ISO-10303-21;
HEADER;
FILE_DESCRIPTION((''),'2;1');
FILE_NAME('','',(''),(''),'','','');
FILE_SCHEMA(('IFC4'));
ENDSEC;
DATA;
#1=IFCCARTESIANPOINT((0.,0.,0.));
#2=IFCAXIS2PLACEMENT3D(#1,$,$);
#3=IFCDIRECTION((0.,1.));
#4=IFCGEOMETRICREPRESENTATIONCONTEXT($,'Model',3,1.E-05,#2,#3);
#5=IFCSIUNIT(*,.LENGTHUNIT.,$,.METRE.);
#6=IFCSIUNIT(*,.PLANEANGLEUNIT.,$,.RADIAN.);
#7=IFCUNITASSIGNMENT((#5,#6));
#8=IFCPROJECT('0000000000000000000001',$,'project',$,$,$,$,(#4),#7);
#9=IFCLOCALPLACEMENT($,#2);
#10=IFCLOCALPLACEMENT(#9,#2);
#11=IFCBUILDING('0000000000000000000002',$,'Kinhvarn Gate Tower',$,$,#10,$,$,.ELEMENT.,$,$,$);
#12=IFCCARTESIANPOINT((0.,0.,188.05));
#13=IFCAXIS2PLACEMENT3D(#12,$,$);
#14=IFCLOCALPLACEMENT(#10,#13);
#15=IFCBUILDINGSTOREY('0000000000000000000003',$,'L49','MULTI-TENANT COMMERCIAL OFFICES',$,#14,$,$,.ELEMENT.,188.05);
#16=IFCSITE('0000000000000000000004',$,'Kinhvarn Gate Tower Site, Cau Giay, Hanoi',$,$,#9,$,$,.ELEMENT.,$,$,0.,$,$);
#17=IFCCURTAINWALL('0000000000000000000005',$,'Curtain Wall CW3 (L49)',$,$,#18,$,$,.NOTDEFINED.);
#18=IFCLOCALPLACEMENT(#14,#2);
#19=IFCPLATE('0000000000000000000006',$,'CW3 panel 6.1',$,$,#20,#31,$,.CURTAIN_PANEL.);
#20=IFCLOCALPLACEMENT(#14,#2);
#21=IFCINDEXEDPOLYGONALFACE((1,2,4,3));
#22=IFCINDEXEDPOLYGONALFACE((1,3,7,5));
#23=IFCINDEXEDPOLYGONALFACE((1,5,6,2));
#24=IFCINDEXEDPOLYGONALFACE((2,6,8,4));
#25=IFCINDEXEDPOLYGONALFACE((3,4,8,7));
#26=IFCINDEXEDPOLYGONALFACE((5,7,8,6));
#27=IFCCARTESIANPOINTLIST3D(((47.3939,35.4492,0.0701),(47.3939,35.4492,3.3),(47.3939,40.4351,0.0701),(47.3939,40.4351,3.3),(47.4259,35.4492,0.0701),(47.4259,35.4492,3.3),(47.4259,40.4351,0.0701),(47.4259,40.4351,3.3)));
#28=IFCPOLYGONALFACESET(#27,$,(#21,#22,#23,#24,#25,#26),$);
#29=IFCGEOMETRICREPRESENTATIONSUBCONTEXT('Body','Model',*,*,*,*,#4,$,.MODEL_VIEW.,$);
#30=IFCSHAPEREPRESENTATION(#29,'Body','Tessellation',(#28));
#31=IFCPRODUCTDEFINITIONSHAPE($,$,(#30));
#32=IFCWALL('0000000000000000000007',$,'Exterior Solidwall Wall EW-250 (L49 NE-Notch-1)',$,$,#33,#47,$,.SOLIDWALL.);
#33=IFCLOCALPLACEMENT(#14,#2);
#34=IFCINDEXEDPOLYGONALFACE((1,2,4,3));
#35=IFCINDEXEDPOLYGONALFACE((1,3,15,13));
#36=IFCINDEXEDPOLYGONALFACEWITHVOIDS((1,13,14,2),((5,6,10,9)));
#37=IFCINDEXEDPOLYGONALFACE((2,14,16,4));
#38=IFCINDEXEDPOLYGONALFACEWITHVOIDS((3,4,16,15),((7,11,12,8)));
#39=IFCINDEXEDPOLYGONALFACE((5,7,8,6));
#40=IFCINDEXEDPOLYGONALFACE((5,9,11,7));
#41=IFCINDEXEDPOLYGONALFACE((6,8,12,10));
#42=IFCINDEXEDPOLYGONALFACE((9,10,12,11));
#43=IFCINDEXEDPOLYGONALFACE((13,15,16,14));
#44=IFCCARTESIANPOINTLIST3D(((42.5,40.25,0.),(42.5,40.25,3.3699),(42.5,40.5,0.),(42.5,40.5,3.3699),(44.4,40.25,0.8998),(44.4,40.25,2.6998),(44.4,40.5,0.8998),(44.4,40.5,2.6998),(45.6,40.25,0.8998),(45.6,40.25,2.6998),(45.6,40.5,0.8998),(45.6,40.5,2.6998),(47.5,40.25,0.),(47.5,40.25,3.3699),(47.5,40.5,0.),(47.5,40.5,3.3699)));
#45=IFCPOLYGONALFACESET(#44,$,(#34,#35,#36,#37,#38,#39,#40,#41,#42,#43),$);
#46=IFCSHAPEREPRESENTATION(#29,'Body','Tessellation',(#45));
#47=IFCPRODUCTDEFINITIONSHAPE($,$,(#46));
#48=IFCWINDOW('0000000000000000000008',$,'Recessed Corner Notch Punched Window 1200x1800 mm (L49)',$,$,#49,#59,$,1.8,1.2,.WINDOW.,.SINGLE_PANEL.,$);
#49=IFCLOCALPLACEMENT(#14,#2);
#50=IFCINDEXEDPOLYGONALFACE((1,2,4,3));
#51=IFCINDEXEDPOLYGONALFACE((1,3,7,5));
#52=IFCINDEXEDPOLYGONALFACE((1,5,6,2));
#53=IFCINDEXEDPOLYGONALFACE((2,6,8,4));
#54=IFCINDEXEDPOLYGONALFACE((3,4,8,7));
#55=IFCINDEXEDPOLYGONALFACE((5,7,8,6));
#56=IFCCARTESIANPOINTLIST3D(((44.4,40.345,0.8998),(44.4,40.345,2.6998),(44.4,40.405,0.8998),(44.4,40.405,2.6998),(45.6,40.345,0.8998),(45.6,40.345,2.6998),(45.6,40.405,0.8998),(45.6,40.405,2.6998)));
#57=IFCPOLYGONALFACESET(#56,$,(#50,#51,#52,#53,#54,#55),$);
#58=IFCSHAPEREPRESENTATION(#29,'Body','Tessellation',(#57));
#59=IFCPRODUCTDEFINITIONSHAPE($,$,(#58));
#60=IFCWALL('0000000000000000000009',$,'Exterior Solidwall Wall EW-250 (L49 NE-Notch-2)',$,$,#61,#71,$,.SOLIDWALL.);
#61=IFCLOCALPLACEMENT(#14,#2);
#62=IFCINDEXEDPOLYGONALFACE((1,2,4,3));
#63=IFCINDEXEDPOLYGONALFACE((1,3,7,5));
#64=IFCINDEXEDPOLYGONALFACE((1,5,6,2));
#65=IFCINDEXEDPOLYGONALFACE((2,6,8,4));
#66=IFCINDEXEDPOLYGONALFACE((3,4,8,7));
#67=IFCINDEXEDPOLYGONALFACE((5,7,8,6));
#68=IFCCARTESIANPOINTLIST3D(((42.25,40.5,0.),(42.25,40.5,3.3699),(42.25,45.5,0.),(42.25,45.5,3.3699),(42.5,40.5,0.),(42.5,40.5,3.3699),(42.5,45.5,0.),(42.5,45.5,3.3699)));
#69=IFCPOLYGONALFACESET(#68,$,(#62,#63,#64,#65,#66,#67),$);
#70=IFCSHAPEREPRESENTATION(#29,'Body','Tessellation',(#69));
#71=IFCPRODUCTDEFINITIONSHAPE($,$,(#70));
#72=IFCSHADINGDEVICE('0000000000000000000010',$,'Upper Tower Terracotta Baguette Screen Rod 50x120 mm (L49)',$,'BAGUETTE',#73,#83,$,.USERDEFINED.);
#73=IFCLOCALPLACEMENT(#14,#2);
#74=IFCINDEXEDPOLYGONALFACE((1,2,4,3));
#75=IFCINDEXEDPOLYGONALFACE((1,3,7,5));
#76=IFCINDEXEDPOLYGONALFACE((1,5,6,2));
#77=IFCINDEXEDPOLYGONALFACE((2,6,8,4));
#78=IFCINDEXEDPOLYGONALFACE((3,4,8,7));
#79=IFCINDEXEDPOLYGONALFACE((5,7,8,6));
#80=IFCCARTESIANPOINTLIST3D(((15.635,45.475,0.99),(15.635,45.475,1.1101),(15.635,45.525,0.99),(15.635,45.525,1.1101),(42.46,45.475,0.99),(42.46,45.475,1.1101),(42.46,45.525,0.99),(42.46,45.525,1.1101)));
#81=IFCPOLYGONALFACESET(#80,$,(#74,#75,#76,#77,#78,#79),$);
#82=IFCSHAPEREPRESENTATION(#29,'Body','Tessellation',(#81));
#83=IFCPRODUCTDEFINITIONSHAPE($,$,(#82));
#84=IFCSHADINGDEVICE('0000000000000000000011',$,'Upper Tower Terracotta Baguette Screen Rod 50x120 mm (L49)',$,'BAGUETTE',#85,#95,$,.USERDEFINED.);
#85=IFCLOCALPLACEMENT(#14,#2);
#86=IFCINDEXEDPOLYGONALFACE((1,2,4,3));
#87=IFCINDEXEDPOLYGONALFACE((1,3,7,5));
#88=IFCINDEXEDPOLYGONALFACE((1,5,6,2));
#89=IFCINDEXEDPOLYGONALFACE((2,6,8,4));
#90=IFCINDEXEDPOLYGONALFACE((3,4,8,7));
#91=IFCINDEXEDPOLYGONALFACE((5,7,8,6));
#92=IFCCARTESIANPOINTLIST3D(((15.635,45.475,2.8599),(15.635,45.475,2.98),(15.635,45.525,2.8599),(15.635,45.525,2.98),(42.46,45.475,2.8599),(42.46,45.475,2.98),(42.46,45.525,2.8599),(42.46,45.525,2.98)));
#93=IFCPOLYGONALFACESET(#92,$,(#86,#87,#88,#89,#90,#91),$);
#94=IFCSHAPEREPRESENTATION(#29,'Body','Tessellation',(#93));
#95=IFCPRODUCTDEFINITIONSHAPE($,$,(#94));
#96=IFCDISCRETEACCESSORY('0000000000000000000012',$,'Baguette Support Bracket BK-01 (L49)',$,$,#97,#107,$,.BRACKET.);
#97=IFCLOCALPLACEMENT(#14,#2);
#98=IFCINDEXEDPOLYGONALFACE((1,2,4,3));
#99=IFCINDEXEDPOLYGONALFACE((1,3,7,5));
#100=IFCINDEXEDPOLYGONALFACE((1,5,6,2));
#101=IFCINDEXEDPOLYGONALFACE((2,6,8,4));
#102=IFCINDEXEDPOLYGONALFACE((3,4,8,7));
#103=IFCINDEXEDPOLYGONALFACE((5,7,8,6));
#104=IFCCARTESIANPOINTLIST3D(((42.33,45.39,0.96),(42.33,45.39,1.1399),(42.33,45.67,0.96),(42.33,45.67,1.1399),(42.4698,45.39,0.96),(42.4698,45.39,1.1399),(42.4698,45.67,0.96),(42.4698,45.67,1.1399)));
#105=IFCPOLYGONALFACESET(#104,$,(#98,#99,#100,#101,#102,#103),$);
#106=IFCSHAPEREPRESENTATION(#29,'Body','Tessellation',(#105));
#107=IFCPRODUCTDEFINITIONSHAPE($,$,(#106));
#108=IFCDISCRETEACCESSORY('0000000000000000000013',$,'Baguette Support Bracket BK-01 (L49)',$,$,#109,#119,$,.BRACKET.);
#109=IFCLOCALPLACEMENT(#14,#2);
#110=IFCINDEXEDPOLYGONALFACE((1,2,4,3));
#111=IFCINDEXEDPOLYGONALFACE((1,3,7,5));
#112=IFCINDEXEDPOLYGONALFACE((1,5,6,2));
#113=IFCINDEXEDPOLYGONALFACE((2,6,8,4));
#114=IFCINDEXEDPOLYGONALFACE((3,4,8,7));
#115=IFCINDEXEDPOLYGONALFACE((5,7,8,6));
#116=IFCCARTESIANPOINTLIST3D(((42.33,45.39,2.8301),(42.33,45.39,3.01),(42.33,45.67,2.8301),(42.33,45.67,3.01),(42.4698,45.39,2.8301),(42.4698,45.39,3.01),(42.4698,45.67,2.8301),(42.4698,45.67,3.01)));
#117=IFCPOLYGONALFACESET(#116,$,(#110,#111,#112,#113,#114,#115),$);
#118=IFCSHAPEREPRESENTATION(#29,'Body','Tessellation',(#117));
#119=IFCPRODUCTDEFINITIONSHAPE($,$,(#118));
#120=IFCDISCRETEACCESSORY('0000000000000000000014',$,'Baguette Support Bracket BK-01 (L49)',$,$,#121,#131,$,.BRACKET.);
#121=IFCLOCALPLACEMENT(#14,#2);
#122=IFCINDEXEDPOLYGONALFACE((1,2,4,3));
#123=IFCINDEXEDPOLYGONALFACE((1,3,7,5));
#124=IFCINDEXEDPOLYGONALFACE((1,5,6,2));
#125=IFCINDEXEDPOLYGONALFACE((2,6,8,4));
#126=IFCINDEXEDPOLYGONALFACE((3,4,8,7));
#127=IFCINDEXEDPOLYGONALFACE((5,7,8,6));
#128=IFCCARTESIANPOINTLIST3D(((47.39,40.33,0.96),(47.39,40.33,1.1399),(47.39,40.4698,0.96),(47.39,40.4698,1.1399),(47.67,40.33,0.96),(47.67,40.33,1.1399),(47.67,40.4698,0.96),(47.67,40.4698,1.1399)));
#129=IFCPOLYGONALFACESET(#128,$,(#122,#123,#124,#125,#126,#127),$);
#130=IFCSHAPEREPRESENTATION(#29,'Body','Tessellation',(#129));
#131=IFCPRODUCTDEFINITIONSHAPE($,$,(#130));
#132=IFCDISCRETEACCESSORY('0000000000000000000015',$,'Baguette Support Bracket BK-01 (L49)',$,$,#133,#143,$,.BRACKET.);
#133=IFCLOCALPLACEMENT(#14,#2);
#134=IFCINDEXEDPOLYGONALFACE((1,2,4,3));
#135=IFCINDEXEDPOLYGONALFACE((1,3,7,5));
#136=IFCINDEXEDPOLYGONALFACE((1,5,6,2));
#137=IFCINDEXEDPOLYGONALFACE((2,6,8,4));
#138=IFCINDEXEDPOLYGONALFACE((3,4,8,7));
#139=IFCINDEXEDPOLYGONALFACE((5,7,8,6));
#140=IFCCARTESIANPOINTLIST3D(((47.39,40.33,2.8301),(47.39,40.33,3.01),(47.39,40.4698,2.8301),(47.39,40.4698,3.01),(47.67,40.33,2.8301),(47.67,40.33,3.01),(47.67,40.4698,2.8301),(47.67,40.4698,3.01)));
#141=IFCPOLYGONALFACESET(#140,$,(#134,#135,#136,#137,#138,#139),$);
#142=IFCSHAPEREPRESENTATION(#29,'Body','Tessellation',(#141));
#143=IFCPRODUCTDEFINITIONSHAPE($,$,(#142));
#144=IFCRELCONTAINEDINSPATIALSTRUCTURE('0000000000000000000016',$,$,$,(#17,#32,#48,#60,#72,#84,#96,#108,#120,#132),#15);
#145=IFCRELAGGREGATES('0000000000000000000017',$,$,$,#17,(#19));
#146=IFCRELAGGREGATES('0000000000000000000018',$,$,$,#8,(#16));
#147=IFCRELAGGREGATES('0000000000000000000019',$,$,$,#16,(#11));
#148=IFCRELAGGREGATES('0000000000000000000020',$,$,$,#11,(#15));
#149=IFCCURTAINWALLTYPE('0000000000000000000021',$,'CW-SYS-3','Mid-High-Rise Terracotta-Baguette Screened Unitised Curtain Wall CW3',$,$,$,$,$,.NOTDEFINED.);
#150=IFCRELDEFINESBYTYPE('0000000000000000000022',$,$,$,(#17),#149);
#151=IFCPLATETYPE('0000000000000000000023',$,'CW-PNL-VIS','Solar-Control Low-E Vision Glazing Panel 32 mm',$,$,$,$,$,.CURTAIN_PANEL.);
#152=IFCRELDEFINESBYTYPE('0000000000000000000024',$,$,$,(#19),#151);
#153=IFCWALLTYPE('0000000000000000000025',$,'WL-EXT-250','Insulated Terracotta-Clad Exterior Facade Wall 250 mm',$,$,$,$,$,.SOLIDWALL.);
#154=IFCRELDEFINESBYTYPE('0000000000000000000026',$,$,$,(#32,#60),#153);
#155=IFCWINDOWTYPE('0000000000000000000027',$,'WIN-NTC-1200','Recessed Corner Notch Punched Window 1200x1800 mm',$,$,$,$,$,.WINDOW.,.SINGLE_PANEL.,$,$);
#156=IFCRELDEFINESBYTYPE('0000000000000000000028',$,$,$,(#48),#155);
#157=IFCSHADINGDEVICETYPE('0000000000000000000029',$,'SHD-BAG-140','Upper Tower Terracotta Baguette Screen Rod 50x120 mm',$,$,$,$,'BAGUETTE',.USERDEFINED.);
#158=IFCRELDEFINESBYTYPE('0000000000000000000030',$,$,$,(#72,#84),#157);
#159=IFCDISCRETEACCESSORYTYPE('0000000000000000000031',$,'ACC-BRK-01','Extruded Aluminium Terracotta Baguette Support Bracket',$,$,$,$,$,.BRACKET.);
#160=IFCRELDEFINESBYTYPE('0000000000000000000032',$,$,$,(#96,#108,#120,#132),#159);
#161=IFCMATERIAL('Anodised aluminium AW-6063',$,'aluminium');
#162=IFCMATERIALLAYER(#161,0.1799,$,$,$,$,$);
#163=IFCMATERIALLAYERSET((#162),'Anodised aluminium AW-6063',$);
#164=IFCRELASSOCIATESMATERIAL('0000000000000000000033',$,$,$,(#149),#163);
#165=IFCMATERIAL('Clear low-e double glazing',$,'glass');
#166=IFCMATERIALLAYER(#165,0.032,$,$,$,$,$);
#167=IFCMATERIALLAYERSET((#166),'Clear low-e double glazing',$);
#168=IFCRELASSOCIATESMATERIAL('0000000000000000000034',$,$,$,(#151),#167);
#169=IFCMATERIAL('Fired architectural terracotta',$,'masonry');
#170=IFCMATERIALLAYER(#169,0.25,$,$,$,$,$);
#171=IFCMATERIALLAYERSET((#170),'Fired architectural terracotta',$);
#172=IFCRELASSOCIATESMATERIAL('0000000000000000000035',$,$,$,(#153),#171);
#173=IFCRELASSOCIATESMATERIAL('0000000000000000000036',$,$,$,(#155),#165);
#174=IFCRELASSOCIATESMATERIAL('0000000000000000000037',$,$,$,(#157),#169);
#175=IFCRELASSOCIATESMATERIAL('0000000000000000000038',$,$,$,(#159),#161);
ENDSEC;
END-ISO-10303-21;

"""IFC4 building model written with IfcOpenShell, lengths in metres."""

from ifc_helpers import new_model, si_unit, direction, frame, frame_2d, origin, origin_2d, place, context, subcontext, project, spatial, rectangle, extrude, material, layer, layer_set, material_profile, profile_set, type_object, element, fill, aggregate, save


model = new_model("IFC4")

# Units and contexts
model_context = context("Model", 3, precision=1e-05, world=origin(), true_north=direction((0.0, 1.0)))
body_context = subcontext(model_context, "Body", "Model", "MODEL_VIEW")
ifc_project = project(units=[si_unit("LENGTHUNIT", "METRE"), si_unit("PLANEANGLEUNIT", "RADIAN")], contexts=[model_context])

# Site, building, storey
site_placement = place(None, origin())
site = spatial("IfcSite", under=ifc_project, at=site_placement, Name="Kinhvarn Gate Tower Site, Cau Giay, Hanoi", CompositionType="ELEMENT", RefElevation=0.0)
building_placement = place(site_placement, origin())
building = spatial("IfcBuilding", under=site, at=building_placement, Name="Kinhvarn Gate Tower", CompositionType="ELEMENT")
storey_placement = place(building_placement, frame((0.0, 0.0, 188.05)))
storey = spatial("IfcBuildingStorey", under=building, at=storey_placement, Name="L49", Description="MULTI-TENANT COMMERCIAL OFFICES", CompositionType="ELEMENT", Elevation=188.05)

# Shared definitions
ifc_material_1 = material(Name="Anodised aluminium AW-6063", Category="aluminium")
ifc_layer_1 = layer(ifc_material_1, 0.1799)
ifc_layer_set_1 = layer_set([ifc_layer_1], Name="Anodised aluminium AW-6063")
curtain_wall_type = type_object("IfcCurtainWallType", Name="CW-SYS-3", Description="Mid-High-Rise Terracotta-Baguette Screened Unitised Curtain Wall CW3", PredefinedType="NOTDEFINED", material=ifc_layer_set_1)

# Curtain wall
curtain_wall_1_placement = place(storey_placement, origin())
curtain_wall_1 = element("IfcCurtainWall", 1, at=curtain_wall_1_placement, inside=storey, type_object=curtain_wall_type, Name="Curtain Wall CW3 (L49)", PredefinedType="NOTDEFINED")

# Plate
ifc_material_2 = material(Name="Clear low-e double glazing", Category="glass")
ifc_layer_2 = layer(ifc_material_2, 0.032)
ifc_layer_set_2 = layer_set([ifc_layer_2], Name="Clear low-e double glazing")
plate_type = type_object("IfcPlateType", Name="CW-PNL-VIS", Description="Solar-Control Low-E Vision Glazing Panel 32 mm", PredefinedType="CURTAIN_PANEL", material=ifc_layer_set_2)
plate_1_placement = place(storey_placement, frame((47.4099, 37.9421, 0.0701), z_axis=(0.0, 0.0, 1.0), x_axis=(0.0, 1.0, 0.0)))
plate_1 = element("IfcPlate", 2, at=plate_1_placement, type_object=plate_type, Name="CW3 panel 6.1", PredefinedType="CURTAIN_PANEL", context=body_context, shape_type="SweptSolid", body=[
    extrude(rectangle(XDim=4.9858, YDim=0.032, at=origin_2d()), origin(), (0.0, 0.0, 1.0), 3.23),
])
aggregate(curtain_wall_1, [plate_1])

# Wall, opening, window
ifc_material_3 = material(Name="Fired architectural terracotta", Category="masonry")
ifc_layer_3 = layer(ifc_material_3, 0.25)
ifc_layer_set_3 = layer_set([ifc_layer_3], Name="Fired architectural terracotta")
wall_type = type_object("IfcWallType", Name="WL-EXT-250", Description="Insulated Terracotta-Clad Exterior Facade Wall 250 mm", PredefinedType="SOLIDWALL", material=ifc_layer_set_3)
wall_1_placement = place(storey_placement, frame((47.5, 40.375, 0.0), z_axis=(0.0, 0.0, 1.0), x_axis=(-1.0, 0.0, 0.0)))
wall_1 = element("IfcWall", 3, at=wall_1_placement, inside=storey, type_object=wall_type, Name="Exterior Solidwall Wall EW-250 (L49 NE-Notch-1)", PredefinedType="SOLIDWALL", context=body_context, shape_type="SweptSolid", body=[
    extrude(rectangle(XDim=5.0, YDim=0.25, at=frame_2d((2.5, 0.0))), origin(), (0.0, 0.0, 1.0), 3.3699),
])
opening_placement = place(wall_1_placement, frame((1.8999, 0.0, 0.8999)))
opening = element("IfcOpeningElement", 4, at=opening_placement, cuts=wall_1, PredefinedType="OPENING", context=body_context, shape_type="SweptSolid", body=[
    extrude(rectangle(XDim=1.2, YDim=1.8, at=frame_2d((0.6001, 0.8999))), frame((0.0, 0.135, 0.0), z_axis=(0.0, -1.0, 0.0), x_axis=(1.0, 0.0, 0.0)), (0.0, 0.0, 1.0), 0.27),
])
window_type = type_object("IfcWindowType", Name="WIN-NTC-1200", Description="Recessed Corner Notch Punched Window 1200x1800 mm", PartitioningType="SINGLE_PANEL", PredefinedType="WINDOW", material=ifc_material_2)
window_placement = place(opening_placement, origin())
window = element("IfcWindow", 5, at=window_placement, inside=storey, type_object=window_type, Name="Recessed Corner Notch Punched Window 1200x1800 mm (L49)", OverallHeight=1.8, OverallWidth=1.2, PartitioningType="SINGLE_PANEL", PredefinedType="WINDOW", context=body_context, shape_type="SweptSolid", body=[
    extrude(rectangle(XDim=1.2, YDim=1.8, at=frame_2d((0.6001, 0.8999))), frame((0.0, 0.03, 0.0), z_axis=(0.0, -1.0, 0.0), x_axis=(1.0, 0.0, 0.0)), (0.0, 0.0, 1.0), 0.0601),
])
fill(opening, window)

# Wall
wall_2_placement = place(storey_placement, frame((42.375, 40.5, 0.0), z_axis=(0.0, 0.0, 1.0), x_axis=(0.0, 1.0, 0.0)))
element("IfcWall", 6, at=wall_2_placement, inside=storey, type_object=wall_type, Name="Exterior Solidwall Wall EW-250 (L49 NE-Notch-2)", PredefinedType="SOLIDWALL", context=body_context, shape_type="SweptSolid", body=[
    extrude(rectangle(XDim=5.0, YDim=0.25, at=frame_2d((2.5, 0.0))), origin(), (0.0, 0.0, 1.0), 3.3699),
])

# Shading devices
ifc_material_profile_1 = material_profile(ifc_material_3, rectangle(XDim=0.05, YDim=0.1201, at=origin_2d()), Name="TC 50x120")
ifc_profile_set_1 = profile_set([ifc_material_profile_1], Name="Fired architectural terracotta")
shading_device_type = type_object("IfcShadingDeviceType", Name="SHD-BAG-140", Description="Upper Tower Terracotta Baguette Screen Rod 50x120 mm", ElementType="BAGUETTE", PredefinedType="USERDEFINED", material=ifc_profile_set_1)
for number, where, z_axis, x_axis, name in (
    (7, (42.46, 45.5, 1.05), (-1.0, 0.0, 0.0), (0.0, -1.0, 0.0), "Upper Tower Terracotta Baguette Screen Rod 50x120 mm (L49)"),
    (8, (42.46, 45.5, 2.9199), (-1.0, 0.0, 0.0), (0.0, -1.0, 0.0), "Upper Tower Terracotta Baguette Screen Rod 50x120 mm (L49)"),
):
    element("IfcShadingDevice", number, at=place(storey_placement, frame(where, z_axis=z_axis, x_axis=x_axis)), inside=storey, type_object=shading_device_type, Name=name, ObjectType="BAGUETTE", PredefinedType="USERDEFINED", context=body_context, shape_type="SweptSolid", body=[
        extrude(rectangle(XDim=0.05, YDim=0.1201, at=origin_2d()), origin(), (0.0, 0.0, 1.0), 26.825),
    ])

# Discrete accessories
discrete_accessory_type = type_object("IfcDiscreteAccessoryType", Name="ACC-BRK-01", Description="Extruded Aluminium Terracotta Baguette Support Bracket", PredefinedType="BRACKET", material=ifc_material_1)
for number, where, z_axis, x_axis, name in (
    (9, (42.3999, 45.53, 0.96), (0.0, 0.0, 1.0), (-1.0, 0.0, 0.0), "Baguette Support Bracket BK-01 (L49)"),
    (10, (42.3999, 45.53, 2.8301), (0.0, 0.0, 1.0), (-1.0, 0.0, 0.0), "Baguette Support Bracket BK-01 (L49)"),
    (11, (47.53, 40.3999, 0.96), (0.0, 0.0, 1.0), (0.0, 1.0, 0.0), "Baguette Support Bracket BK-01 (L49)"),
    (12, (47.53, 40.3999, 2.8301), (0.0, 0.0, 1.0), (0.0, 1.0, 0.0), "Baguette Support Bracket BK-01 (L49)"),
):
    element("IfcDiscreteAccessory", number, at=place(storey_placement, frame(where, z_axis=z_axis, x_axis=x_axis)), inside=storey, type_object=discrete_accessory_type, Name=name, PredefinedType="BRACKET", context=body_context, shape_type="SweptSolid", body=[
        extrude(rectangle(XDim=0.1399, YDim=0.28, at=origin_2d()), origin(), (0.0, 0.0, 1.0), 0.1799),
    ])

save(model, "model.ifc")
